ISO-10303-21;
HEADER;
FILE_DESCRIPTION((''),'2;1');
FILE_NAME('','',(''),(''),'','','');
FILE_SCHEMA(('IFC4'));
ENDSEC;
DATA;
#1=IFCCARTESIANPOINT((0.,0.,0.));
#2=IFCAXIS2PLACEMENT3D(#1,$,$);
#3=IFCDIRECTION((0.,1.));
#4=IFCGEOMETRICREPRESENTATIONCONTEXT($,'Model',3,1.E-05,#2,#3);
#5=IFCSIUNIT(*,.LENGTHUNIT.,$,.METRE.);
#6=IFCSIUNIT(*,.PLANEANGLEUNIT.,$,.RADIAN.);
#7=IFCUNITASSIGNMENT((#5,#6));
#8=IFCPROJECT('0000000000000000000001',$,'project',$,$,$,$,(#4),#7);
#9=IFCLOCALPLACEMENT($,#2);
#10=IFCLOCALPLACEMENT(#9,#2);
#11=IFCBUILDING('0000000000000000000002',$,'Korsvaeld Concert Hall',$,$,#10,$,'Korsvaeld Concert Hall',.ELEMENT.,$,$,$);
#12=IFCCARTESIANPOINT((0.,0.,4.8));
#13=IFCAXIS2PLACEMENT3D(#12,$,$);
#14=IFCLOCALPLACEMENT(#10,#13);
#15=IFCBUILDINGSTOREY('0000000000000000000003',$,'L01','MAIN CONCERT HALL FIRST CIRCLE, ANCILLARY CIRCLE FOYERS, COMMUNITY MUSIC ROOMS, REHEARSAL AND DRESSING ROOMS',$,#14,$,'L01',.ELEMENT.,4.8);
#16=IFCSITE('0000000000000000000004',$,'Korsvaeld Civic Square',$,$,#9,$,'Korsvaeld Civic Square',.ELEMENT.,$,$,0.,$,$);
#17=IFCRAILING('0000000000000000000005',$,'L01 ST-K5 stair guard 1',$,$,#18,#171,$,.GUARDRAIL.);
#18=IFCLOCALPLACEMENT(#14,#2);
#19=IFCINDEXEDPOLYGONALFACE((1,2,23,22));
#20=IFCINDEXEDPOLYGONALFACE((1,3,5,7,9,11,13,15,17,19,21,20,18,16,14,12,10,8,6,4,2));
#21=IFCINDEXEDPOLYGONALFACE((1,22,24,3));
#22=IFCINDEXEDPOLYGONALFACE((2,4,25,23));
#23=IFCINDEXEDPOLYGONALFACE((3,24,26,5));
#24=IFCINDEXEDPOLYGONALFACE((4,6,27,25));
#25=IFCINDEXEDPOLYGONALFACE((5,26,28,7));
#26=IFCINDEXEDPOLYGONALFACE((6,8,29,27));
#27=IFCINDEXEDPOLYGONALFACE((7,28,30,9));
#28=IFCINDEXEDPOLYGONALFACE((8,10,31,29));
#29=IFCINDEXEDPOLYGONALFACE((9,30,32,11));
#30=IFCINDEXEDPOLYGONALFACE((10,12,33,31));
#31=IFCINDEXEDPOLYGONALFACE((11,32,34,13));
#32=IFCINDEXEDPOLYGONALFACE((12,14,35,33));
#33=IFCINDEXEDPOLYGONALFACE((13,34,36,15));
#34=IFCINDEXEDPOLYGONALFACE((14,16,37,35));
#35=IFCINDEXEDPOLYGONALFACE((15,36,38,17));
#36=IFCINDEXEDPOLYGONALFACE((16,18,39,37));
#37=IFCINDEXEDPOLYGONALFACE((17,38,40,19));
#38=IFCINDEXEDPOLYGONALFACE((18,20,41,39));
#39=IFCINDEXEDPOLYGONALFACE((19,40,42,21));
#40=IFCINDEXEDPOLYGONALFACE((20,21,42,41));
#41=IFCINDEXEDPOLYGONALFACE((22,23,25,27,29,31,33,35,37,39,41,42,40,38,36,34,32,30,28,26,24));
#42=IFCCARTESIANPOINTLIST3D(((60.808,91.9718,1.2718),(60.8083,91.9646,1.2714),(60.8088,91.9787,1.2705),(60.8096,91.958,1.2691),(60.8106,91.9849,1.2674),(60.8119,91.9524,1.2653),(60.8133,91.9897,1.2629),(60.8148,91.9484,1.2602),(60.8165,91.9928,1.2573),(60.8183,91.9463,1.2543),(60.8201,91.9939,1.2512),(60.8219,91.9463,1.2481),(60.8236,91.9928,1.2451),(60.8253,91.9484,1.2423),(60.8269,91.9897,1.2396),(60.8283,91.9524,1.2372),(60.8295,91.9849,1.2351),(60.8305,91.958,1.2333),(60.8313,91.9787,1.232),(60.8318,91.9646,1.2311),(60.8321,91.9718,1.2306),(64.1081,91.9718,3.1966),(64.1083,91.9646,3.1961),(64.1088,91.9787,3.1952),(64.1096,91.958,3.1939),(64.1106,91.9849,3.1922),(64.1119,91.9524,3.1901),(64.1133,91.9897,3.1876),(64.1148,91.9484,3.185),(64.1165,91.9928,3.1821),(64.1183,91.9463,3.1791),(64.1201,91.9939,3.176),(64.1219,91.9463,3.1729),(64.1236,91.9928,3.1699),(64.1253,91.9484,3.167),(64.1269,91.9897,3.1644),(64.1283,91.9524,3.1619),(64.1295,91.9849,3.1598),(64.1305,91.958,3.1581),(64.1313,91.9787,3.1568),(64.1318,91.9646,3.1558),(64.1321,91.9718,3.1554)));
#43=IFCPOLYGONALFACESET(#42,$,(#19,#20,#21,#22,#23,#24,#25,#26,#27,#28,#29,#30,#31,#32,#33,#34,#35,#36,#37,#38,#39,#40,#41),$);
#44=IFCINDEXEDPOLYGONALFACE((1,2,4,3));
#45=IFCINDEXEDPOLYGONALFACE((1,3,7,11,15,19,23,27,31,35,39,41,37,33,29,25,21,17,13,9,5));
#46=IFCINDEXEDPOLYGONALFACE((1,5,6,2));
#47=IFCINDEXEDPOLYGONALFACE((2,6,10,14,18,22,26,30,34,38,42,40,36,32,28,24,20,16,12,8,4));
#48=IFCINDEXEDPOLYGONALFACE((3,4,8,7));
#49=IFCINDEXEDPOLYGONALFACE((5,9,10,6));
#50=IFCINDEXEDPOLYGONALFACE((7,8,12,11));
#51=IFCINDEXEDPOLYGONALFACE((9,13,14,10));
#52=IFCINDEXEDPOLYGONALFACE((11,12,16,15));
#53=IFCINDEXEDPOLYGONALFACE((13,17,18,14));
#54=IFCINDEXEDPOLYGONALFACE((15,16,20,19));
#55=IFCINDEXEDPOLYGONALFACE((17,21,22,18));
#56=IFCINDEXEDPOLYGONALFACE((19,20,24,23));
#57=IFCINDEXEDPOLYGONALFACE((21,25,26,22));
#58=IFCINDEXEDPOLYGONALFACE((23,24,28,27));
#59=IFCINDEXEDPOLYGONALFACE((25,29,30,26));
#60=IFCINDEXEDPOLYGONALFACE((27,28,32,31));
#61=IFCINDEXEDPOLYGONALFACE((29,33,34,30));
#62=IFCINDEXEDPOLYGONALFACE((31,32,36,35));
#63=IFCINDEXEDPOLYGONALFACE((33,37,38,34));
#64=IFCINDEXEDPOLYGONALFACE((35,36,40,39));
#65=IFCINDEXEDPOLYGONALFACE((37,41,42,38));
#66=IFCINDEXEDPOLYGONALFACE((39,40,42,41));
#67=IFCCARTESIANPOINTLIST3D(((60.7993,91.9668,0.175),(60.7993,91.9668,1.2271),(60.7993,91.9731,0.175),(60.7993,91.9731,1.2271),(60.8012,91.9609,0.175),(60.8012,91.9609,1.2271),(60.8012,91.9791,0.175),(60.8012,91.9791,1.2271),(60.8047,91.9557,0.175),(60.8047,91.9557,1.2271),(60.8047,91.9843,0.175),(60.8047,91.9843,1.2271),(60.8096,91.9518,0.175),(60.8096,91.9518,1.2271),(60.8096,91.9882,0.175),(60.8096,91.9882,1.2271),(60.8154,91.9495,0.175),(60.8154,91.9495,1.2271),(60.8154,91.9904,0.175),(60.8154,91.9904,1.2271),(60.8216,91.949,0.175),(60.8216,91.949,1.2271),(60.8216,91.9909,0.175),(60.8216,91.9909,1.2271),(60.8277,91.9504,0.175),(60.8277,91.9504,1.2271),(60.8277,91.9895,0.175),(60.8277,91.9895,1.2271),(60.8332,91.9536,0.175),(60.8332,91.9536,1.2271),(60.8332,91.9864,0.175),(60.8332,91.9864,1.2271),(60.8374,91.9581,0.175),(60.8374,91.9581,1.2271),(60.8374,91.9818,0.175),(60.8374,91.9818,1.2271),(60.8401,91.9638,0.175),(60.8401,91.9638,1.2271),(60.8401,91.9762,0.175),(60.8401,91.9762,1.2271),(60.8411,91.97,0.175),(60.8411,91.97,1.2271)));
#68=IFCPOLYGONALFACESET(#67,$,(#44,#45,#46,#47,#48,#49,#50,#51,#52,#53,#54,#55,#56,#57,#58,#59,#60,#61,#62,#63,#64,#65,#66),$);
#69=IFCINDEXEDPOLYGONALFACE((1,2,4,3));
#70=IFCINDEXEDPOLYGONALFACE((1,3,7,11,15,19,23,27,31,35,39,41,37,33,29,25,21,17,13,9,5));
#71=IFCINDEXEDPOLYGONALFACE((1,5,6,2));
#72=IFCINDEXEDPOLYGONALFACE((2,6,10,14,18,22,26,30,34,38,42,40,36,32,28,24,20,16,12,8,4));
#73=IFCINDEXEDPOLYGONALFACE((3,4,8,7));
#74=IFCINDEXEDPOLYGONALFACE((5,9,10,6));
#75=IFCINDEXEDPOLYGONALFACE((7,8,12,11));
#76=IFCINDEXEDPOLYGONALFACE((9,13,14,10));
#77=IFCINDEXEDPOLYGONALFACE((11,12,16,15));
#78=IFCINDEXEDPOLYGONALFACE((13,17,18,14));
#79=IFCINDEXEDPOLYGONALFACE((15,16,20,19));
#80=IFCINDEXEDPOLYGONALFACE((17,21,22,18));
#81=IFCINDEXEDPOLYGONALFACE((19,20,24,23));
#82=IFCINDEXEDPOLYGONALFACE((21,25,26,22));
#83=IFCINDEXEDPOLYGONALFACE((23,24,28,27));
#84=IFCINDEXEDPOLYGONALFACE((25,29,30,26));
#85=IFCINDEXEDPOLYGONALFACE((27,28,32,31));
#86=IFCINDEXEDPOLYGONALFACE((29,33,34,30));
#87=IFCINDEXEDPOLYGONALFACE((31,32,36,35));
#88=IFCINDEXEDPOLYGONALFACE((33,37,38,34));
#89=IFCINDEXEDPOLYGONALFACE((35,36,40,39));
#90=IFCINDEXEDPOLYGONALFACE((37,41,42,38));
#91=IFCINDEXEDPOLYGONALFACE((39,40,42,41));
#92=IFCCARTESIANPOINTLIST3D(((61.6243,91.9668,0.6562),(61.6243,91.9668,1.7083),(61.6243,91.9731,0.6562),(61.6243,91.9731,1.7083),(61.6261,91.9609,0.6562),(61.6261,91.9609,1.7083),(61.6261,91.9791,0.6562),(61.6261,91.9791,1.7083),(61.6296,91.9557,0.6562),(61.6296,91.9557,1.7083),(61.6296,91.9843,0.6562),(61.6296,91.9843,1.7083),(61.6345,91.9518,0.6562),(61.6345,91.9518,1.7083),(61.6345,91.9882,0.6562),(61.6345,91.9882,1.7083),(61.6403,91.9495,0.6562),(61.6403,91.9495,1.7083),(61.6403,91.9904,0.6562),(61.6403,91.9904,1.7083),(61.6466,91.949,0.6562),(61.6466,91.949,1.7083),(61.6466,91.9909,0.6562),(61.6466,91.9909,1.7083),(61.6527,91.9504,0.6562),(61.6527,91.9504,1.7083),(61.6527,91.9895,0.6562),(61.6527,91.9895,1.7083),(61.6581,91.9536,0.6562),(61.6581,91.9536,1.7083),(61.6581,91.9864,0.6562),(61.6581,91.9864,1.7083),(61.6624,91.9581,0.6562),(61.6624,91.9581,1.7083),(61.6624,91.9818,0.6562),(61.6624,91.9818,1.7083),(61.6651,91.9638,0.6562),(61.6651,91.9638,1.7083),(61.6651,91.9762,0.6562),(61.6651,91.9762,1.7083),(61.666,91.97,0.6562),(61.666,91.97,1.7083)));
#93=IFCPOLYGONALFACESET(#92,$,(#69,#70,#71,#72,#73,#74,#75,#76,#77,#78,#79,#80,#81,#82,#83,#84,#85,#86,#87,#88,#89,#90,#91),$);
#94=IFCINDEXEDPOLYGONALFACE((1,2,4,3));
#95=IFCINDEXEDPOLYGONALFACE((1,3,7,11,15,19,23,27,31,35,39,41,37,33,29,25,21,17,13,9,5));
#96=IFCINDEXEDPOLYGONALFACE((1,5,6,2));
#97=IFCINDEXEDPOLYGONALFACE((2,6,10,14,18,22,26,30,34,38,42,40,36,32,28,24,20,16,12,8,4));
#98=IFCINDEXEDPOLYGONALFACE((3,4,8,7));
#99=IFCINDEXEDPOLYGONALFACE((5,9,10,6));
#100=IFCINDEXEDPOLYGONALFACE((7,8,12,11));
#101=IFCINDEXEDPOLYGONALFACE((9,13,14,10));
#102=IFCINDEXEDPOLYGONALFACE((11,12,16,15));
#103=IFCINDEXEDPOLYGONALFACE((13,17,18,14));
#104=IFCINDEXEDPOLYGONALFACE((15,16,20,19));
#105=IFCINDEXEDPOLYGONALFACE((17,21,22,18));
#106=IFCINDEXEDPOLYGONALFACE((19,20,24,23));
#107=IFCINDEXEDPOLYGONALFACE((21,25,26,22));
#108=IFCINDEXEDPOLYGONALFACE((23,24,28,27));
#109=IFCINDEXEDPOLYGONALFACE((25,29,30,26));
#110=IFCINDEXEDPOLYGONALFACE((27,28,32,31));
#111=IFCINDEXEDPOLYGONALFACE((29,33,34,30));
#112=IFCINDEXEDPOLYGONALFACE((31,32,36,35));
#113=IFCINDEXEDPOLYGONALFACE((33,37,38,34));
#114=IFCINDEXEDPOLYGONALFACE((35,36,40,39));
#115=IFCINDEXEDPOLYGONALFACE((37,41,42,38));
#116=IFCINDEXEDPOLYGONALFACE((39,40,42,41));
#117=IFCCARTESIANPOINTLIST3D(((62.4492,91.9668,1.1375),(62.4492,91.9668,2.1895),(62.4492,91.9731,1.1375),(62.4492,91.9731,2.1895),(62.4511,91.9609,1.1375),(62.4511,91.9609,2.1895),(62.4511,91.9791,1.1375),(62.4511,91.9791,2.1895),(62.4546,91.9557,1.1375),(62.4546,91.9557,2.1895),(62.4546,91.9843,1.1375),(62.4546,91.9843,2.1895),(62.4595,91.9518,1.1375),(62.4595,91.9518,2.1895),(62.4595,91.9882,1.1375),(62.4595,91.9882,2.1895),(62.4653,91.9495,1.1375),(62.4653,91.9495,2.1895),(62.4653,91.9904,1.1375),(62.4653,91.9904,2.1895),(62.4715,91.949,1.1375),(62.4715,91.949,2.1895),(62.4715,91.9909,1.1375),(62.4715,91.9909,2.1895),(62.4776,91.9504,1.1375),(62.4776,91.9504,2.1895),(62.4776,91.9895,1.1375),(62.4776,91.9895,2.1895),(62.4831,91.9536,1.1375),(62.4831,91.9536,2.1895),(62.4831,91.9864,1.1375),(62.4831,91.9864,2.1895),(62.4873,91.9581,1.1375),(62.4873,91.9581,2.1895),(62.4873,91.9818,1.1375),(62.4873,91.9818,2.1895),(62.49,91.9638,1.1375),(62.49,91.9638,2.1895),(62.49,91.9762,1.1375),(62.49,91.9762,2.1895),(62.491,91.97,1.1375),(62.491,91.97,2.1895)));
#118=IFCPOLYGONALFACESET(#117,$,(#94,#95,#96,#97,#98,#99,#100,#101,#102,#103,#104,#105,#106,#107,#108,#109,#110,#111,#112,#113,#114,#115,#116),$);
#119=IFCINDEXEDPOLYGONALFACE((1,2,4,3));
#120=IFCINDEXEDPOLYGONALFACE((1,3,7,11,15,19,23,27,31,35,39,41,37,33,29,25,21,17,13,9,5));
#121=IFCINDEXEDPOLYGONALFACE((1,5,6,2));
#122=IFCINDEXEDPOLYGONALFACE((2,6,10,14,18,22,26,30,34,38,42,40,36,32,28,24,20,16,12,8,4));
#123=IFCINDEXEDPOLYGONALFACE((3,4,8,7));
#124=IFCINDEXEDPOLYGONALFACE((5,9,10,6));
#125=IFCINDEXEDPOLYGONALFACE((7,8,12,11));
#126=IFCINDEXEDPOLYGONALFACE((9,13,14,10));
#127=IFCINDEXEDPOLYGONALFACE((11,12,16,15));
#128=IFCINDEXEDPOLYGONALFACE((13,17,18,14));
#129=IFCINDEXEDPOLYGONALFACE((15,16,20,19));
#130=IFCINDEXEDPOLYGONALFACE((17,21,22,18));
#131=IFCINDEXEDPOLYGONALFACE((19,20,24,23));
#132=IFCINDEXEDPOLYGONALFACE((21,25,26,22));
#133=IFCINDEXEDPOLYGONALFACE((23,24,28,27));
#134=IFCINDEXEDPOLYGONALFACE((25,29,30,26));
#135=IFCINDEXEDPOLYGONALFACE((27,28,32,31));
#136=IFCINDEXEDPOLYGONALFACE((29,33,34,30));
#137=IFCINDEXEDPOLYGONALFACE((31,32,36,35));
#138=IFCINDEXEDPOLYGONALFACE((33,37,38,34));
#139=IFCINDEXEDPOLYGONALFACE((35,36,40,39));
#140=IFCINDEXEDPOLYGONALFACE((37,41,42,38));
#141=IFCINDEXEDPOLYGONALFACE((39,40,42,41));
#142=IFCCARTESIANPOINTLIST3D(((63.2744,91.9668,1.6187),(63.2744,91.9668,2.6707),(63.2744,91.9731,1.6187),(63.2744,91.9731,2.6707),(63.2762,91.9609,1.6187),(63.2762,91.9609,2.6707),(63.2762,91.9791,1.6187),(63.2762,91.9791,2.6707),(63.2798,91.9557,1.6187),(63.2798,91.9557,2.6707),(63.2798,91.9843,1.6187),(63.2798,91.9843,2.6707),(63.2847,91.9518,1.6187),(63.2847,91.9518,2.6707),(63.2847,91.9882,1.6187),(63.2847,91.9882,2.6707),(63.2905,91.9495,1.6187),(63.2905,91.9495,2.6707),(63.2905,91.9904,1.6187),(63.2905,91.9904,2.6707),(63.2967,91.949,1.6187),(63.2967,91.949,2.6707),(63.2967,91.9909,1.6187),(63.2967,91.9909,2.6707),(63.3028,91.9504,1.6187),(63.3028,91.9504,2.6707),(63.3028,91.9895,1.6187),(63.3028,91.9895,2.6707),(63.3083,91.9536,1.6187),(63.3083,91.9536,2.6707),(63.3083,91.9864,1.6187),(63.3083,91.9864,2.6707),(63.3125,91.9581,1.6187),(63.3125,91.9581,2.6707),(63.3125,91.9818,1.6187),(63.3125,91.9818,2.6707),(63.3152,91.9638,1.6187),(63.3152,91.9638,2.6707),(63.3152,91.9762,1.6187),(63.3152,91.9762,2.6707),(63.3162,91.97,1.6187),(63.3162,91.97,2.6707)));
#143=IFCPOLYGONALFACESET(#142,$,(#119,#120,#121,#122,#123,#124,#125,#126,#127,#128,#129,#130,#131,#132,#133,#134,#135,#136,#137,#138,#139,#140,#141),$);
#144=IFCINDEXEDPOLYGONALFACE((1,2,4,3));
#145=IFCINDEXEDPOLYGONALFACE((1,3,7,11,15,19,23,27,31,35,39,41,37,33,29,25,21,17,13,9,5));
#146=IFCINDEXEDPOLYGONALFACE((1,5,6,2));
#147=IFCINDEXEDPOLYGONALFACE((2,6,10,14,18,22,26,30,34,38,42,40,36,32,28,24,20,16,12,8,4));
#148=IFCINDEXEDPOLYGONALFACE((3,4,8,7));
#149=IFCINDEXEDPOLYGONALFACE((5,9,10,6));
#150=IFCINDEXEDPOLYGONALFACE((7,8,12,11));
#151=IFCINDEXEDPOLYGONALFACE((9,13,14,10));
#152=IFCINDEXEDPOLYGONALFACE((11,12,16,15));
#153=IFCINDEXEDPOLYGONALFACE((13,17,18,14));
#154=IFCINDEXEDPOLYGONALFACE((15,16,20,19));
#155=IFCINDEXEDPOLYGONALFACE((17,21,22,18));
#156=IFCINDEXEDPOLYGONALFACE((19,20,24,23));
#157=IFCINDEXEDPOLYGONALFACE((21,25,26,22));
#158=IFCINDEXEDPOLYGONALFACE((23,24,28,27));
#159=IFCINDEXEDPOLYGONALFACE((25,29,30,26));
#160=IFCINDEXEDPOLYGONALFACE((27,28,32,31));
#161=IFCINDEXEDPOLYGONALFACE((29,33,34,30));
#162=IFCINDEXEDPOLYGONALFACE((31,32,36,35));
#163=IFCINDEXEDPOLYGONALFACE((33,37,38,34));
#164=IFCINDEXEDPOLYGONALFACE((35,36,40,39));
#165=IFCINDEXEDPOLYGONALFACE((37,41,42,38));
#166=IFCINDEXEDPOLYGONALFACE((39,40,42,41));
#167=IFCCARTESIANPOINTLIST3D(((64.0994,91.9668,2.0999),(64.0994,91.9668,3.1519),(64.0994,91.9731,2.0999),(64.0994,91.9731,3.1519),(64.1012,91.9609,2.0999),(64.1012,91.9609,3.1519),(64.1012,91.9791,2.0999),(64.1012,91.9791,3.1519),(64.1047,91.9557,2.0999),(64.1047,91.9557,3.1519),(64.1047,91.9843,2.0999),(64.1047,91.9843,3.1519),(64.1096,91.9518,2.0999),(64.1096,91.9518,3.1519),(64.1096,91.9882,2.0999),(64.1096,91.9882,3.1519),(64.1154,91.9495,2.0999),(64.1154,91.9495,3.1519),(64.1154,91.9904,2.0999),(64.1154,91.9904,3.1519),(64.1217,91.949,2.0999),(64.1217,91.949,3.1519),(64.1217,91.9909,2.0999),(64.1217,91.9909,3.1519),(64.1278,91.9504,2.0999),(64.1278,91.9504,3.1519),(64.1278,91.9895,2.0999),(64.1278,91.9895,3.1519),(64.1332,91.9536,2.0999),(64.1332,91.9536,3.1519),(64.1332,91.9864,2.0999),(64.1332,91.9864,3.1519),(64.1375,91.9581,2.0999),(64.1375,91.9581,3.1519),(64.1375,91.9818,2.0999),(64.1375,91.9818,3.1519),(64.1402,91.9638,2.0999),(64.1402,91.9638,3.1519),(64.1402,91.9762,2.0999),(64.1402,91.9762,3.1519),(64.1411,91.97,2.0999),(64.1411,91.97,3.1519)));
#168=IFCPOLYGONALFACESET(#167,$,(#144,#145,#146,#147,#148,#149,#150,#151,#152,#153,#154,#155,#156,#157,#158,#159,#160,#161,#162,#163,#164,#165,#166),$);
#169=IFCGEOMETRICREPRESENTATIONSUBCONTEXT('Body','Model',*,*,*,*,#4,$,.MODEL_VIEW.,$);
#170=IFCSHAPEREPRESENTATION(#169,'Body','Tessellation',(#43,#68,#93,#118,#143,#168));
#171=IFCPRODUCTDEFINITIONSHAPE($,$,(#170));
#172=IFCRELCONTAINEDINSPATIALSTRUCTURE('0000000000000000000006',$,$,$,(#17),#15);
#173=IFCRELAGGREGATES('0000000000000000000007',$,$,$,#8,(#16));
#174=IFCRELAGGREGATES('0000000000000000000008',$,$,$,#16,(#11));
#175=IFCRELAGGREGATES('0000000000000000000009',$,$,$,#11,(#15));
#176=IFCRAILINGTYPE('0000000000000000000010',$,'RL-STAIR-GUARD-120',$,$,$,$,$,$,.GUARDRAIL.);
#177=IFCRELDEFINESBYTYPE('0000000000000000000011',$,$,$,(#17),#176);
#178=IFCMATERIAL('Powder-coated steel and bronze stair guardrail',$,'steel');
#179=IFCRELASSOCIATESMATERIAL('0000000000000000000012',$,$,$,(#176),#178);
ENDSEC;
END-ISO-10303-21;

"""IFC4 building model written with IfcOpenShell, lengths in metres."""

from ifc_helpers import new_model, si_unit, direction, frame, origin, origin_2d, place, context, subcontext, project, spatial, circle, extrude, material, type_object, element, save


model = new_model("IFC4")

# Units and contexts
model_context = context("Model", 3, precision=1e-05, world=origin(), true_north=direction((0.0, 1.0)))
body_context = subcontext(model_context, "Body", "Model", "MODEL_VIEW")
ifc_project = project(units=[si_unit("LENGTHUNIT", "METRE"), si_unit("PLANEANGLEUNIT", "RADIAN")], contexts=[model_context])

# Site, building, storey
site_placement = place(None, origin())
site = spatial("IfcSite", under=ifc_project, at=site_placement, Name="Korsvaeld Civic Square", LongName="Korsvaeld Civic Square", CompositionType="ELEMENT", RefElevation=0.0)
building_placement = place(site_placement, origin())
building = spatial("IfcBuilding", under=site, at=building_placement, Name="Korsvaeld Concert Hall", LongName="Korsvaeld Concert Hall", CompositionType="ELEMENT")
storey_placement = place(building_placement, frame((0.0, 0.0, 4.8)))
storey = spatial("IfcBuildingStorey", under=building, at=storey_placement, Name="L01", Description="MAIN CONCERT HALL FIRST CIRCLE, ANCILLARY CIRCLE FOYERS, COMMUNITY MUSIC ROOMS, REHEARSAL AND DRESSING ROOMS", LongName="L01", CompositionType="ELEMENT", Elevation=4.8)

# Railing
ifc_material_1 = material(Name="Powder-coated steel and bronze stair guardrail", Category="steel")
railing_type_1 = type_object("IfcRailingType", Name="RL-STAIR-GUARD-120", PredefinedType="GUARDRAIL", material=ifc_material_1)
railing_1_placement = place(storey_placement, frame((60.8201, 91.97, 0.175)))
element("IfcRailing", 1, at=railing_1_placement, inside=storey, type_object=railing_type_1, Name="L01 ST-K5 stair guard 1", PredefinedType="GUARDRAIL", context=body_context, shape_type="SweptSolid", body=[
    extrude(circle(Radius=0.0239, at=origin_2d()), frame((0.0, 0.0, 1.0762), z_axis=(0.863804, 0.0, 0.503827), x_axis=(0.0, 1.0, 0.0)), (0.0, 0.0, 1.0), 3.8203),
    extrude(circle(Radius=0.021, at=origin_2d()), origin(), (0.0, 0.0, 1.0), 1.052),
    extrude(circle(Radius=0.021, at=origin_2d()), frame((0.825, 0.0, 0.4812)), (0.0, 0.0, 1.0), 1.052),
    extrude(circle(Radius=0.021, at=origin_2d()), frame((1.6499, 0.0, 0.9624)), (0.0, 0.0, 1.0), 1.052),
    extrude(circle(Radius=0.021, at=origin_2d()), frame((2.4751, 0.0, 1.4436)), (0.0, 0.0, 1.0), 1.052),
    extrude(circle(Radius=0.021, at=origin_2d()), frame((3.3, 0.0, 1.9248)), (0.0, 0.0, 1.0), 1.052),
])

save(model, "model.ifc")
